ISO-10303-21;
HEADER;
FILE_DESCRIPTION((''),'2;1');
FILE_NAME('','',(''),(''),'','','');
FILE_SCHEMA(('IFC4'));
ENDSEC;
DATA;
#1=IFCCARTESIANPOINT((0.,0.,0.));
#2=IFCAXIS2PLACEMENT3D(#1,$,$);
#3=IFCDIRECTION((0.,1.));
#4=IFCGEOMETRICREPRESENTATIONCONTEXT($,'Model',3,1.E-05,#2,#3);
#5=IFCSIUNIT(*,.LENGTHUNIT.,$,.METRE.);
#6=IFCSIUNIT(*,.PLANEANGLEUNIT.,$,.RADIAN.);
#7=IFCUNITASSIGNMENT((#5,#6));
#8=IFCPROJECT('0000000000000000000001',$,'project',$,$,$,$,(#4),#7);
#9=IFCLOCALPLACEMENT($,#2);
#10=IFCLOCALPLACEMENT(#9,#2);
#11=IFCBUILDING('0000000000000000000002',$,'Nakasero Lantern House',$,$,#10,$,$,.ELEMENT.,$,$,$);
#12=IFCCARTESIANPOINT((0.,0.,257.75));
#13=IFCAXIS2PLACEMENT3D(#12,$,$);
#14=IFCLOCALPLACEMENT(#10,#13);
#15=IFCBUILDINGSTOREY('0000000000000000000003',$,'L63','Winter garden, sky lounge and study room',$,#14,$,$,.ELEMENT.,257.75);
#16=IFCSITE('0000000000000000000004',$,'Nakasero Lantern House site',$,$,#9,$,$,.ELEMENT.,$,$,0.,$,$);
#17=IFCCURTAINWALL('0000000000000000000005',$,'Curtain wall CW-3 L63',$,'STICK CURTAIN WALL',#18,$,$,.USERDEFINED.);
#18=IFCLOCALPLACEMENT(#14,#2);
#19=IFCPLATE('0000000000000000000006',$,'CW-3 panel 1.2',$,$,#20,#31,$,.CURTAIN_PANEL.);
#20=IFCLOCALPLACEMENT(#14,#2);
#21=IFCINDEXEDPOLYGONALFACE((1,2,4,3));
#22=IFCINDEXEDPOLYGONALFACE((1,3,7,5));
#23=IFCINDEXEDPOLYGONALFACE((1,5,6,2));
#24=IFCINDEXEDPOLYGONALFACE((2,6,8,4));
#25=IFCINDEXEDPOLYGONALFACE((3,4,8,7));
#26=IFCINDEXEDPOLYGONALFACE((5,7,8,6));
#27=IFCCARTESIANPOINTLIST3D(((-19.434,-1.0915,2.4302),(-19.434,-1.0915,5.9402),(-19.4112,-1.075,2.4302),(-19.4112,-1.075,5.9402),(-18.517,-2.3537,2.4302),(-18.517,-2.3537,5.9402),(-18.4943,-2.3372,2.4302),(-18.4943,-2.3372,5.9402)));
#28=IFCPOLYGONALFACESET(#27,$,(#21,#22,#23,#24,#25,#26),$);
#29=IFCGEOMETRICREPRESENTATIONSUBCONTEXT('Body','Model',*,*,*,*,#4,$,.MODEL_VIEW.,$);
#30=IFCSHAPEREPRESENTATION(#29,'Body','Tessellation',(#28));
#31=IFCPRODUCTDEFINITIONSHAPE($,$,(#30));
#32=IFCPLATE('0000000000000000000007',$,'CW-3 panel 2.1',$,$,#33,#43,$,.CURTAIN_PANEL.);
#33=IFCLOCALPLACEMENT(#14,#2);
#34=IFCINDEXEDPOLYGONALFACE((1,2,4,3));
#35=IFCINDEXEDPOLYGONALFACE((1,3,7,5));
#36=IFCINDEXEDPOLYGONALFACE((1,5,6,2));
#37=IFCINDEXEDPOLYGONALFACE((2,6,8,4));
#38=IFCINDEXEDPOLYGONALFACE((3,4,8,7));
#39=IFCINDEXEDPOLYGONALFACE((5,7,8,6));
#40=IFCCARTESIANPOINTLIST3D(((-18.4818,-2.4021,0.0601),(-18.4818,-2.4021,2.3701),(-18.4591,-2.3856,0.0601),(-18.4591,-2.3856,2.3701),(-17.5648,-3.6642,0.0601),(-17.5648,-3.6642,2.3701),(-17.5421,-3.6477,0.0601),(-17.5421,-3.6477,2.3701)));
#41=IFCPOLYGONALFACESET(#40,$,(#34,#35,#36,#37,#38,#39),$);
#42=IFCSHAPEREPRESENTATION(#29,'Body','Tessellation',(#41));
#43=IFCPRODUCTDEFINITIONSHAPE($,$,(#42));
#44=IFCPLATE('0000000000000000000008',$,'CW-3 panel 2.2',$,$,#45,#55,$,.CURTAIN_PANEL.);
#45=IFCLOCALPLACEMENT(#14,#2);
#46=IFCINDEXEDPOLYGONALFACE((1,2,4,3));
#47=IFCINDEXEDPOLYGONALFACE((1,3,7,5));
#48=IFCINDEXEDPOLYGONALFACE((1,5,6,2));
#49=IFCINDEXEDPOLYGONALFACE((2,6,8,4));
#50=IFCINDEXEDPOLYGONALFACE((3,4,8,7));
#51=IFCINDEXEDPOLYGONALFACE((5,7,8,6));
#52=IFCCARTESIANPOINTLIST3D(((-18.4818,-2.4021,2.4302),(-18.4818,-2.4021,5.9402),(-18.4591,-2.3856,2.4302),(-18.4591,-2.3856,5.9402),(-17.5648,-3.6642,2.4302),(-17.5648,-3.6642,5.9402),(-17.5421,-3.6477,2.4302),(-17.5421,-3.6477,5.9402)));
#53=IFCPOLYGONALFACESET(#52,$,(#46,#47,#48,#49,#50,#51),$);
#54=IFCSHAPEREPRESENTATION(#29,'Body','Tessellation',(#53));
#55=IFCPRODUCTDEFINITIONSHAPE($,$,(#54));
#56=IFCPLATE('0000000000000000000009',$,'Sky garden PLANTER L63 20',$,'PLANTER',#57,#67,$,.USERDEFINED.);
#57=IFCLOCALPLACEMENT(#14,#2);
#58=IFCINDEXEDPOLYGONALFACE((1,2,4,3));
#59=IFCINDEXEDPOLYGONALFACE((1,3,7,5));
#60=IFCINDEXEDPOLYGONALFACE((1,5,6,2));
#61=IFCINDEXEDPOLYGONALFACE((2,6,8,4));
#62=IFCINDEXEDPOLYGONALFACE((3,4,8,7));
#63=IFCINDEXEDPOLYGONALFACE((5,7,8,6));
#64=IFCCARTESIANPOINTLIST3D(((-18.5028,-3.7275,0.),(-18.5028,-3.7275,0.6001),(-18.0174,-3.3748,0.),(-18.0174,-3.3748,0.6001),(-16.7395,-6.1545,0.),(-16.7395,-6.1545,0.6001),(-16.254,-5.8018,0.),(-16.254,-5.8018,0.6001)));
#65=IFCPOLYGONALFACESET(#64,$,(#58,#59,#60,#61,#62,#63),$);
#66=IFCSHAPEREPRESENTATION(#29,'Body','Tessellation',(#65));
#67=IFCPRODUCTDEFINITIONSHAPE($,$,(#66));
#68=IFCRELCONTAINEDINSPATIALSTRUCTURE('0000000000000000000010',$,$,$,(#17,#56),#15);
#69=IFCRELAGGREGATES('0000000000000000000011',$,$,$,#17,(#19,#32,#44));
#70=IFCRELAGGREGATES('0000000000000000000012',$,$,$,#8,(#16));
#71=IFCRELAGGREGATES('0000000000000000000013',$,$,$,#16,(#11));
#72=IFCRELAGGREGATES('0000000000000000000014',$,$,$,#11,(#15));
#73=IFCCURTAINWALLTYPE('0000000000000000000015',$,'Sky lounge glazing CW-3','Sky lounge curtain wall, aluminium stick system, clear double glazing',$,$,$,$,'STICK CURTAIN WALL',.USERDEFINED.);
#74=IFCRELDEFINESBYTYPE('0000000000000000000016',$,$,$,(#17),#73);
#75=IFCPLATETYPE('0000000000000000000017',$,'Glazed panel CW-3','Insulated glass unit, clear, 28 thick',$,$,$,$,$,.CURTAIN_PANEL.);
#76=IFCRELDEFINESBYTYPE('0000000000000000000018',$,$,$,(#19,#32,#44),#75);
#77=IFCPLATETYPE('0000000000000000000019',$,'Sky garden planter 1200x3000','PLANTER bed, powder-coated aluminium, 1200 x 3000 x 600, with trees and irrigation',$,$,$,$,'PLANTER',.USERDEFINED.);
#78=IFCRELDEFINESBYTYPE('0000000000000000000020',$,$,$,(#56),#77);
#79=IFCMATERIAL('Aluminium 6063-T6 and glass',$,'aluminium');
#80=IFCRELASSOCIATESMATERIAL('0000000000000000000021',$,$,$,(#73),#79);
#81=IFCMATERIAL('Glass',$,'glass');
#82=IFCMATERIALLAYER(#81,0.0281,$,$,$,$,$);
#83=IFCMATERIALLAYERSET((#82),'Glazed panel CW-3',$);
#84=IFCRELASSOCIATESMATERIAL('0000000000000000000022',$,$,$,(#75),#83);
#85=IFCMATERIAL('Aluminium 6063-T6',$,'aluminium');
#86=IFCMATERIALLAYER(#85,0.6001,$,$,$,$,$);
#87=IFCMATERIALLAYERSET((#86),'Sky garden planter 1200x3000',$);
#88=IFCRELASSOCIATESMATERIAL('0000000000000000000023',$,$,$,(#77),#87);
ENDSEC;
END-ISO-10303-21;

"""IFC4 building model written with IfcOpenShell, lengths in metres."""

from ifc_helpers import new_model, si_unit, direction, frame, origin, origin_2d, place, context, subcontext, project, spatial, rectangle, extrude, material, layer, layer_set, type_object, element, aggregate, save


model = new_model("IFC4")

# Units and contexts
model_context = context("Model", 3, precision=1e-05, world=origin(), true_north=direction((0.0, 1.0)))
body_context = subcontext(model_context, "Body", "Model", "MODEL_VIEW")
ifc_project = project(units=[si_unit("LENGTHUNIT", "METRE"), si_unit("PLANEANGLEUNIT", "RADIAN")], contexts=[model_context])

# Site, building, storey
site_placement = place(None, origin())
site = spatial("IfcSite", under=ifc_project, at=site_placement, Name="Nakasero Lantern House site", CompositionType="ELEMENT", RefElevation=0.0)
building_placement = place(site_placement, origin())
building = spatial("IfcBuilding", under=site, at=building_placement, Name="Nakasero Lantern House", CompositionType="ELEMENT")
storey_placement = place(building_placement, frame((0.0, 0.0, 257.75)))
storey = spatial("IfcBuildingStorey", under=building, at=storey_placement, Name="L63", Description="Winter garden, sky lounge and study room", CompositionType="ELEMENT", Elevation=257.75)

# Shared definitions
ifc_material_1 = material(Name="Aluminium 6063-T6 and glass", Category="aluminium")
curtain_wall_type = type_object("IfcCurtainWallType", Name="Sky lounge glazing CW-3", Description="Sky lounge curtain wall, aluminium stick system, clear double glazing", ElementType="STICK CURTAIN WALL", PredefinedType="USERDEFINED", material=ifc_material_1)

# Curtain wall
curtain_wall_1_placement = place(storey_placement, origin())
curtain_wall_1 = element("IfcCurtainWall", 1, at=curtain_wall_1_placement, inside=storey, type_object=curtain_wall_type, Name="Curtain wall CW-3 L63", ObjectType="STICK CURTAIN WALL", PredefinedType="USERDEFINED")

# Plates
ifc_material_2 = material(Name="Glass", Category="glass")
ifc_layer_1 = layer(ifc_material_2, 0.0281)
ifc_layer_set_1 = layer_set([ifc_layer_1], Name="Glazed panel CW-3")
plate_type_1 = type_object("IfcPlateType", Name="Glazed panel CW-3", Description="Insulated glass unit, clear, 28 thick", PredefinedType="CURTAIN_PANEL", material=ifc_layer_set_1)
plate_1_placement = place(storey_placement, frame((-18.9641, -1.7144, 2.4302), z_axis=(0.0, 0.0, 1.0), x_axis=(0.587785, -0.809017, 0.0)))
plate_1 = element("IfcPlate", 2, at=plate_1_placement, type_object=plate_type_1, Name="CW-3 panel 1.2", PredefinedType="CURTAIN_PANEL", context=body_context, shape_type="SweptSolid", body=[
    extrude(rectangle(XDim=1.5601, YDim=0.0281, at=origin_2d()), origin(), (0.0, 0.0, 1.0), 3.51),
])
plate_2_placement = place(storey_placement, frame((-18.012, -3.0249, 0.0601), z_axis=(0.0, 0.0, 1.0), x_axis=(0.587785, -0.809017, 0.0)))
plate_2 = element("IfcPlate", 3, at=plate_2_placement, type_object=plate_type_1, Name="CW-3 panel 2.1", PredefinedType="CURTAIN_PANEL", context=body_context, shape_type="SweptSolid", body=[
    extrude(rectangle(XDim=1.5601, YDim=0.0281, at=origin_2d()), origin(), (0.0, 0.0, 1.0), 2.3101),
])
plate_3_placement = place(storey_placement, frame((-18.012, -3.0249, 2.4302), z_axis=(0.0, 0.0, 1.0), x_axis=(0.587785, -0.809017, 0.0)))
plate_3 = element("IfcPlate", 4, at=plate_3_placement, type_object=plate_type_1, Name="CW-3 panel 2.2", PredefinedType="CURTAIN_PANEL", context=body_context, shape_type="SweptSolid", body=[
    extrude(rectangle(XDim=1.5601, YDim=0.0281, at=origin_2d()), origin(), (0.0, 0.0, 1.0), 3.51),
])
aggregate(curtain_wall_1, [plate_1, plate_2, plate_3])
ifc_material_3 = material(Name="Aluminium 6063-T6", Category="aluminium")
ifc_layer_2 = layer(ifc_material_3, 0.6001)
ifc_layer_set_2 = layer_set([ifc_layer_2], Name="Sky garden planter 1200x3000")
plate_type_2 = type_object("IfcPlateType", Name="Sky garden planter 1200x3000", Description="PLANTER bed, powder-coated aluminium, 1200 x 3000 x 600, with trees and irrigation", ElementType="PLANTER", PredefinedType="USERDEFINED", material=ifc_layer_set_2)
plate_4_placement = place(storey_placement, frame((-17.3784, -4.7646, 0.0), z_axis=(0.0, 0.0, 1.0), x_axis=(-0.809017, -0.587785, 0.0)))
element("IfcPlate", 5, at=plate_4_placement, inside=storey, type_object=plate_type_2, Name="Sky garden PLANTER L63 20", ObjectType="PLANTER", PredefinedType="USERDEFINED", context=body_context, shape_type="SweptSolid", body=[
    extrude(rectangle(XDim=0.6001, YDim=3.0, at=origin_2d()), origin(), (0.0, 0.0, 1.0), 0.6001),
])

save(model, "model.ifc")
